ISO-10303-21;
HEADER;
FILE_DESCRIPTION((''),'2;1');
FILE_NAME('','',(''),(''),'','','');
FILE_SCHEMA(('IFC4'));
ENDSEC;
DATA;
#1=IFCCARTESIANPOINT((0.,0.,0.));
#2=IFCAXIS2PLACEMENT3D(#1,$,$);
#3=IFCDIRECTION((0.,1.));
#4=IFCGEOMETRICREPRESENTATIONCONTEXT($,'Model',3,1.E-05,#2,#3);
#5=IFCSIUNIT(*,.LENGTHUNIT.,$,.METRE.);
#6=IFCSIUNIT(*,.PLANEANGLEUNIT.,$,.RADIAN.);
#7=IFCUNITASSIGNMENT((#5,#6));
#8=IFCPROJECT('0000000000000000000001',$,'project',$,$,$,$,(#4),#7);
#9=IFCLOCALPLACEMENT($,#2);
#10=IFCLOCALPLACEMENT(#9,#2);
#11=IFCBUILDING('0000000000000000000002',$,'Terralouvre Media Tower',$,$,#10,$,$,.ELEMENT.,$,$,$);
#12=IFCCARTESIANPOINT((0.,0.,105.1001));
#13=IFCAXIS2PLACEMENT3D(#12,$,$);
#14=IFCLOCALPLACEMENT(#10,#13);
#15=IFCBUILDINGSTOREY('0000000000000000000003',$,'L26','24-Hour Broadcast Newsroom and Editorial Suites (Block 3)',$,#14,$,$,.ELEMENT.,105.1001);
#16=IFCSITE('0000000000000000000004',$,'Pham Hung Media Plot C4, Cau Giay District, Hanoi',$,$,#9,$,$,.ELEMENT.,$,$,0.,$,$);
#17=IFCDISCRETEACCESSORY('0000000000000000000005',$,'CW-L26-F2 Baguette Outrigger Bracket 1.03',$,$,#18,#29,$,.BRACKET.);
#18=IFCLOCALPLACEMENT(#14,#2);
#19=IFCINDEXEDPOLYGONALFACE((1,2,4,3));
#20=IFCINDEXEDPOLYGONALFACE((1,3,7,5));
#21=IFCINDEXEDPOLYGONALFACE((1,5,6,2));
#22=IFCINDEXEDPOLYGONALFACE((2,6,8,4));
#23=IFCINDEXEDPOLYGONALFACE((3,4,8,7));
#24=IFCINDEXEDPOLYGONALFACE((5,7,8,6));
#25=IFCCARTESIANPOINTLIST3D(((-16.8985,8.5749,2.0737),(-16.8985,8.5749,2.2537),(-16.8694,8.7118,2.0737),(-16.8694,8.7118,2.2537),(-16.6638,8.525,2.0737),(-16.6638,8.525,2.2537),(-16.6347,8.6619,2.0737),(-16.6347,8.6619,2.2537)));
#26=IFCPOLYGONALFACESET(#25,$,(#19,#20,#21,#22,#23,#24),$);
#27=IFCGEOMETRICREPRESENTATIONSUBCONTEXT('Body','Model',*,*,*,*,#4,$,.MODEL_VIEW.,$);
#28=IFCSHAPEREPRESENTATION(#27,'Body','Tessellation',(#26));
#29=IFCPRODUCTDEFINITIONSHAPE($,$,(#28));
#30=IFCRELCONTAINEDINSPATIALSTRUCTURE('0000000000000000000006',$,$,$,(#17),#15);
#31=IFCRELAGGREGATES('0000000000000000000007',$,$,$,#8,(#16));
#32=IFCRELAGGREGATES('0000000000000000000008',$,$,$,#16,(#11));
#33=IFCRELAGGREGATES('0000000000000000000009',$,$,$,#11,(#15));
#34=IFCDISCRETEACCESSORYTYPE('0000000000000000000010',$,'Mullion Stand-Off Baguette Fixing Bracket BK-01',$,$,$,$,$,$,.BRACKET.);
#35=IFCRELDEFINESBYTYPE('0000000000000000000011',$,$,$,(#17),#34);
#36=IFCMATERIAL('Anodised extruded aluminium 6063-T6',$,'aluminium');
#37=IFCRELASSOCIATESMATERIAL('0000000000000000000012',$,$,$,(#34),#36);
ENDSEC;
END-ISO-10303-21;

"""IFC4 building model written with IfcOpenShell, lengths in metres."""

from ifc_helpers import new_model, si_unit, direction, frame, origin, origin_2d, place, context, subcontext, project, spatial, rectangle, extrude, material, type_object, element, save


model = new_model("IFC4")

# Units and contexts
model_context = context("Model", 3, precision=1e-05, world=origin(), true_north=direction((0.0, 1.0)))
body_context = subcontext(model_context, "Body", "Model", "MODEL_VIEW")
ifc_project = project(units=[si_unit("LENGTHUNIT", "METRE"), si_unit("PLANEANGLEUNIT", "RADIAN")], contexts=[model_context])

# Site, building, storey
site_placement = place(None, origin())
site = spatial("IfcSite", under=ifc_project, at=site_placement, Name="Pham Hung Media Plot C4, Cau Giay District, Hanoi", CompositionType="ELEMENT", RefElevation=0.0)
building_placement = place(site_placement, origin())
building = spatial("IfcBuilding", under=site, at=building_placement, Name="Terralouvre Media Tower", CompositionType="ELEMENT")
storey_placement = place(building_placement, frame((0.0, 0.0, 105.1001)))
storey = spatial("IfcBuildingStorey", under=building, at=storey_placement, Name="L26", Description="24-Hour Broadcast Newsroom and Editorial Suites (Block 3)", CompositionType="ELEMENT", Elevation=105.1001)

# Discrete accessory
ifc_material_1 = material(Name="Anodised extruded aluminium 6063-T6", Category="aluminium")
discrete_accessory_type = type_object("IfcDiscreteAccessoryType", Name="Mullion Stand-Off Baguette Fixing Bracket BK-01", PredefinedType="BRACKET", material=ifc_material_1)
discrete_accessory_placement = place(storey_placement, frame((-16.7666, 8.6184, 2.0737), z_axis=(0.0, 0.0, 1.0), x_axis=(-0.207912, -0.978148, 0.0)))
element("IfcDiscreteAccessory", 1, at=discrete_accessory_placement, inside=storey, type_object=discrete_accessory_type, Name="CW-L26-F2 Baguette Outrigger Bracket 1.03", PredefinedType="BRACKET", context=body_context, shape_type="SweptSolid", body=[
    extrude(rectangle(XDim=0.1399, YDim=0.24, at=origin_2d()), origin(), (0.0, 0.0, 1.0), 0.1799),
])

save(model, "model.ifc")
